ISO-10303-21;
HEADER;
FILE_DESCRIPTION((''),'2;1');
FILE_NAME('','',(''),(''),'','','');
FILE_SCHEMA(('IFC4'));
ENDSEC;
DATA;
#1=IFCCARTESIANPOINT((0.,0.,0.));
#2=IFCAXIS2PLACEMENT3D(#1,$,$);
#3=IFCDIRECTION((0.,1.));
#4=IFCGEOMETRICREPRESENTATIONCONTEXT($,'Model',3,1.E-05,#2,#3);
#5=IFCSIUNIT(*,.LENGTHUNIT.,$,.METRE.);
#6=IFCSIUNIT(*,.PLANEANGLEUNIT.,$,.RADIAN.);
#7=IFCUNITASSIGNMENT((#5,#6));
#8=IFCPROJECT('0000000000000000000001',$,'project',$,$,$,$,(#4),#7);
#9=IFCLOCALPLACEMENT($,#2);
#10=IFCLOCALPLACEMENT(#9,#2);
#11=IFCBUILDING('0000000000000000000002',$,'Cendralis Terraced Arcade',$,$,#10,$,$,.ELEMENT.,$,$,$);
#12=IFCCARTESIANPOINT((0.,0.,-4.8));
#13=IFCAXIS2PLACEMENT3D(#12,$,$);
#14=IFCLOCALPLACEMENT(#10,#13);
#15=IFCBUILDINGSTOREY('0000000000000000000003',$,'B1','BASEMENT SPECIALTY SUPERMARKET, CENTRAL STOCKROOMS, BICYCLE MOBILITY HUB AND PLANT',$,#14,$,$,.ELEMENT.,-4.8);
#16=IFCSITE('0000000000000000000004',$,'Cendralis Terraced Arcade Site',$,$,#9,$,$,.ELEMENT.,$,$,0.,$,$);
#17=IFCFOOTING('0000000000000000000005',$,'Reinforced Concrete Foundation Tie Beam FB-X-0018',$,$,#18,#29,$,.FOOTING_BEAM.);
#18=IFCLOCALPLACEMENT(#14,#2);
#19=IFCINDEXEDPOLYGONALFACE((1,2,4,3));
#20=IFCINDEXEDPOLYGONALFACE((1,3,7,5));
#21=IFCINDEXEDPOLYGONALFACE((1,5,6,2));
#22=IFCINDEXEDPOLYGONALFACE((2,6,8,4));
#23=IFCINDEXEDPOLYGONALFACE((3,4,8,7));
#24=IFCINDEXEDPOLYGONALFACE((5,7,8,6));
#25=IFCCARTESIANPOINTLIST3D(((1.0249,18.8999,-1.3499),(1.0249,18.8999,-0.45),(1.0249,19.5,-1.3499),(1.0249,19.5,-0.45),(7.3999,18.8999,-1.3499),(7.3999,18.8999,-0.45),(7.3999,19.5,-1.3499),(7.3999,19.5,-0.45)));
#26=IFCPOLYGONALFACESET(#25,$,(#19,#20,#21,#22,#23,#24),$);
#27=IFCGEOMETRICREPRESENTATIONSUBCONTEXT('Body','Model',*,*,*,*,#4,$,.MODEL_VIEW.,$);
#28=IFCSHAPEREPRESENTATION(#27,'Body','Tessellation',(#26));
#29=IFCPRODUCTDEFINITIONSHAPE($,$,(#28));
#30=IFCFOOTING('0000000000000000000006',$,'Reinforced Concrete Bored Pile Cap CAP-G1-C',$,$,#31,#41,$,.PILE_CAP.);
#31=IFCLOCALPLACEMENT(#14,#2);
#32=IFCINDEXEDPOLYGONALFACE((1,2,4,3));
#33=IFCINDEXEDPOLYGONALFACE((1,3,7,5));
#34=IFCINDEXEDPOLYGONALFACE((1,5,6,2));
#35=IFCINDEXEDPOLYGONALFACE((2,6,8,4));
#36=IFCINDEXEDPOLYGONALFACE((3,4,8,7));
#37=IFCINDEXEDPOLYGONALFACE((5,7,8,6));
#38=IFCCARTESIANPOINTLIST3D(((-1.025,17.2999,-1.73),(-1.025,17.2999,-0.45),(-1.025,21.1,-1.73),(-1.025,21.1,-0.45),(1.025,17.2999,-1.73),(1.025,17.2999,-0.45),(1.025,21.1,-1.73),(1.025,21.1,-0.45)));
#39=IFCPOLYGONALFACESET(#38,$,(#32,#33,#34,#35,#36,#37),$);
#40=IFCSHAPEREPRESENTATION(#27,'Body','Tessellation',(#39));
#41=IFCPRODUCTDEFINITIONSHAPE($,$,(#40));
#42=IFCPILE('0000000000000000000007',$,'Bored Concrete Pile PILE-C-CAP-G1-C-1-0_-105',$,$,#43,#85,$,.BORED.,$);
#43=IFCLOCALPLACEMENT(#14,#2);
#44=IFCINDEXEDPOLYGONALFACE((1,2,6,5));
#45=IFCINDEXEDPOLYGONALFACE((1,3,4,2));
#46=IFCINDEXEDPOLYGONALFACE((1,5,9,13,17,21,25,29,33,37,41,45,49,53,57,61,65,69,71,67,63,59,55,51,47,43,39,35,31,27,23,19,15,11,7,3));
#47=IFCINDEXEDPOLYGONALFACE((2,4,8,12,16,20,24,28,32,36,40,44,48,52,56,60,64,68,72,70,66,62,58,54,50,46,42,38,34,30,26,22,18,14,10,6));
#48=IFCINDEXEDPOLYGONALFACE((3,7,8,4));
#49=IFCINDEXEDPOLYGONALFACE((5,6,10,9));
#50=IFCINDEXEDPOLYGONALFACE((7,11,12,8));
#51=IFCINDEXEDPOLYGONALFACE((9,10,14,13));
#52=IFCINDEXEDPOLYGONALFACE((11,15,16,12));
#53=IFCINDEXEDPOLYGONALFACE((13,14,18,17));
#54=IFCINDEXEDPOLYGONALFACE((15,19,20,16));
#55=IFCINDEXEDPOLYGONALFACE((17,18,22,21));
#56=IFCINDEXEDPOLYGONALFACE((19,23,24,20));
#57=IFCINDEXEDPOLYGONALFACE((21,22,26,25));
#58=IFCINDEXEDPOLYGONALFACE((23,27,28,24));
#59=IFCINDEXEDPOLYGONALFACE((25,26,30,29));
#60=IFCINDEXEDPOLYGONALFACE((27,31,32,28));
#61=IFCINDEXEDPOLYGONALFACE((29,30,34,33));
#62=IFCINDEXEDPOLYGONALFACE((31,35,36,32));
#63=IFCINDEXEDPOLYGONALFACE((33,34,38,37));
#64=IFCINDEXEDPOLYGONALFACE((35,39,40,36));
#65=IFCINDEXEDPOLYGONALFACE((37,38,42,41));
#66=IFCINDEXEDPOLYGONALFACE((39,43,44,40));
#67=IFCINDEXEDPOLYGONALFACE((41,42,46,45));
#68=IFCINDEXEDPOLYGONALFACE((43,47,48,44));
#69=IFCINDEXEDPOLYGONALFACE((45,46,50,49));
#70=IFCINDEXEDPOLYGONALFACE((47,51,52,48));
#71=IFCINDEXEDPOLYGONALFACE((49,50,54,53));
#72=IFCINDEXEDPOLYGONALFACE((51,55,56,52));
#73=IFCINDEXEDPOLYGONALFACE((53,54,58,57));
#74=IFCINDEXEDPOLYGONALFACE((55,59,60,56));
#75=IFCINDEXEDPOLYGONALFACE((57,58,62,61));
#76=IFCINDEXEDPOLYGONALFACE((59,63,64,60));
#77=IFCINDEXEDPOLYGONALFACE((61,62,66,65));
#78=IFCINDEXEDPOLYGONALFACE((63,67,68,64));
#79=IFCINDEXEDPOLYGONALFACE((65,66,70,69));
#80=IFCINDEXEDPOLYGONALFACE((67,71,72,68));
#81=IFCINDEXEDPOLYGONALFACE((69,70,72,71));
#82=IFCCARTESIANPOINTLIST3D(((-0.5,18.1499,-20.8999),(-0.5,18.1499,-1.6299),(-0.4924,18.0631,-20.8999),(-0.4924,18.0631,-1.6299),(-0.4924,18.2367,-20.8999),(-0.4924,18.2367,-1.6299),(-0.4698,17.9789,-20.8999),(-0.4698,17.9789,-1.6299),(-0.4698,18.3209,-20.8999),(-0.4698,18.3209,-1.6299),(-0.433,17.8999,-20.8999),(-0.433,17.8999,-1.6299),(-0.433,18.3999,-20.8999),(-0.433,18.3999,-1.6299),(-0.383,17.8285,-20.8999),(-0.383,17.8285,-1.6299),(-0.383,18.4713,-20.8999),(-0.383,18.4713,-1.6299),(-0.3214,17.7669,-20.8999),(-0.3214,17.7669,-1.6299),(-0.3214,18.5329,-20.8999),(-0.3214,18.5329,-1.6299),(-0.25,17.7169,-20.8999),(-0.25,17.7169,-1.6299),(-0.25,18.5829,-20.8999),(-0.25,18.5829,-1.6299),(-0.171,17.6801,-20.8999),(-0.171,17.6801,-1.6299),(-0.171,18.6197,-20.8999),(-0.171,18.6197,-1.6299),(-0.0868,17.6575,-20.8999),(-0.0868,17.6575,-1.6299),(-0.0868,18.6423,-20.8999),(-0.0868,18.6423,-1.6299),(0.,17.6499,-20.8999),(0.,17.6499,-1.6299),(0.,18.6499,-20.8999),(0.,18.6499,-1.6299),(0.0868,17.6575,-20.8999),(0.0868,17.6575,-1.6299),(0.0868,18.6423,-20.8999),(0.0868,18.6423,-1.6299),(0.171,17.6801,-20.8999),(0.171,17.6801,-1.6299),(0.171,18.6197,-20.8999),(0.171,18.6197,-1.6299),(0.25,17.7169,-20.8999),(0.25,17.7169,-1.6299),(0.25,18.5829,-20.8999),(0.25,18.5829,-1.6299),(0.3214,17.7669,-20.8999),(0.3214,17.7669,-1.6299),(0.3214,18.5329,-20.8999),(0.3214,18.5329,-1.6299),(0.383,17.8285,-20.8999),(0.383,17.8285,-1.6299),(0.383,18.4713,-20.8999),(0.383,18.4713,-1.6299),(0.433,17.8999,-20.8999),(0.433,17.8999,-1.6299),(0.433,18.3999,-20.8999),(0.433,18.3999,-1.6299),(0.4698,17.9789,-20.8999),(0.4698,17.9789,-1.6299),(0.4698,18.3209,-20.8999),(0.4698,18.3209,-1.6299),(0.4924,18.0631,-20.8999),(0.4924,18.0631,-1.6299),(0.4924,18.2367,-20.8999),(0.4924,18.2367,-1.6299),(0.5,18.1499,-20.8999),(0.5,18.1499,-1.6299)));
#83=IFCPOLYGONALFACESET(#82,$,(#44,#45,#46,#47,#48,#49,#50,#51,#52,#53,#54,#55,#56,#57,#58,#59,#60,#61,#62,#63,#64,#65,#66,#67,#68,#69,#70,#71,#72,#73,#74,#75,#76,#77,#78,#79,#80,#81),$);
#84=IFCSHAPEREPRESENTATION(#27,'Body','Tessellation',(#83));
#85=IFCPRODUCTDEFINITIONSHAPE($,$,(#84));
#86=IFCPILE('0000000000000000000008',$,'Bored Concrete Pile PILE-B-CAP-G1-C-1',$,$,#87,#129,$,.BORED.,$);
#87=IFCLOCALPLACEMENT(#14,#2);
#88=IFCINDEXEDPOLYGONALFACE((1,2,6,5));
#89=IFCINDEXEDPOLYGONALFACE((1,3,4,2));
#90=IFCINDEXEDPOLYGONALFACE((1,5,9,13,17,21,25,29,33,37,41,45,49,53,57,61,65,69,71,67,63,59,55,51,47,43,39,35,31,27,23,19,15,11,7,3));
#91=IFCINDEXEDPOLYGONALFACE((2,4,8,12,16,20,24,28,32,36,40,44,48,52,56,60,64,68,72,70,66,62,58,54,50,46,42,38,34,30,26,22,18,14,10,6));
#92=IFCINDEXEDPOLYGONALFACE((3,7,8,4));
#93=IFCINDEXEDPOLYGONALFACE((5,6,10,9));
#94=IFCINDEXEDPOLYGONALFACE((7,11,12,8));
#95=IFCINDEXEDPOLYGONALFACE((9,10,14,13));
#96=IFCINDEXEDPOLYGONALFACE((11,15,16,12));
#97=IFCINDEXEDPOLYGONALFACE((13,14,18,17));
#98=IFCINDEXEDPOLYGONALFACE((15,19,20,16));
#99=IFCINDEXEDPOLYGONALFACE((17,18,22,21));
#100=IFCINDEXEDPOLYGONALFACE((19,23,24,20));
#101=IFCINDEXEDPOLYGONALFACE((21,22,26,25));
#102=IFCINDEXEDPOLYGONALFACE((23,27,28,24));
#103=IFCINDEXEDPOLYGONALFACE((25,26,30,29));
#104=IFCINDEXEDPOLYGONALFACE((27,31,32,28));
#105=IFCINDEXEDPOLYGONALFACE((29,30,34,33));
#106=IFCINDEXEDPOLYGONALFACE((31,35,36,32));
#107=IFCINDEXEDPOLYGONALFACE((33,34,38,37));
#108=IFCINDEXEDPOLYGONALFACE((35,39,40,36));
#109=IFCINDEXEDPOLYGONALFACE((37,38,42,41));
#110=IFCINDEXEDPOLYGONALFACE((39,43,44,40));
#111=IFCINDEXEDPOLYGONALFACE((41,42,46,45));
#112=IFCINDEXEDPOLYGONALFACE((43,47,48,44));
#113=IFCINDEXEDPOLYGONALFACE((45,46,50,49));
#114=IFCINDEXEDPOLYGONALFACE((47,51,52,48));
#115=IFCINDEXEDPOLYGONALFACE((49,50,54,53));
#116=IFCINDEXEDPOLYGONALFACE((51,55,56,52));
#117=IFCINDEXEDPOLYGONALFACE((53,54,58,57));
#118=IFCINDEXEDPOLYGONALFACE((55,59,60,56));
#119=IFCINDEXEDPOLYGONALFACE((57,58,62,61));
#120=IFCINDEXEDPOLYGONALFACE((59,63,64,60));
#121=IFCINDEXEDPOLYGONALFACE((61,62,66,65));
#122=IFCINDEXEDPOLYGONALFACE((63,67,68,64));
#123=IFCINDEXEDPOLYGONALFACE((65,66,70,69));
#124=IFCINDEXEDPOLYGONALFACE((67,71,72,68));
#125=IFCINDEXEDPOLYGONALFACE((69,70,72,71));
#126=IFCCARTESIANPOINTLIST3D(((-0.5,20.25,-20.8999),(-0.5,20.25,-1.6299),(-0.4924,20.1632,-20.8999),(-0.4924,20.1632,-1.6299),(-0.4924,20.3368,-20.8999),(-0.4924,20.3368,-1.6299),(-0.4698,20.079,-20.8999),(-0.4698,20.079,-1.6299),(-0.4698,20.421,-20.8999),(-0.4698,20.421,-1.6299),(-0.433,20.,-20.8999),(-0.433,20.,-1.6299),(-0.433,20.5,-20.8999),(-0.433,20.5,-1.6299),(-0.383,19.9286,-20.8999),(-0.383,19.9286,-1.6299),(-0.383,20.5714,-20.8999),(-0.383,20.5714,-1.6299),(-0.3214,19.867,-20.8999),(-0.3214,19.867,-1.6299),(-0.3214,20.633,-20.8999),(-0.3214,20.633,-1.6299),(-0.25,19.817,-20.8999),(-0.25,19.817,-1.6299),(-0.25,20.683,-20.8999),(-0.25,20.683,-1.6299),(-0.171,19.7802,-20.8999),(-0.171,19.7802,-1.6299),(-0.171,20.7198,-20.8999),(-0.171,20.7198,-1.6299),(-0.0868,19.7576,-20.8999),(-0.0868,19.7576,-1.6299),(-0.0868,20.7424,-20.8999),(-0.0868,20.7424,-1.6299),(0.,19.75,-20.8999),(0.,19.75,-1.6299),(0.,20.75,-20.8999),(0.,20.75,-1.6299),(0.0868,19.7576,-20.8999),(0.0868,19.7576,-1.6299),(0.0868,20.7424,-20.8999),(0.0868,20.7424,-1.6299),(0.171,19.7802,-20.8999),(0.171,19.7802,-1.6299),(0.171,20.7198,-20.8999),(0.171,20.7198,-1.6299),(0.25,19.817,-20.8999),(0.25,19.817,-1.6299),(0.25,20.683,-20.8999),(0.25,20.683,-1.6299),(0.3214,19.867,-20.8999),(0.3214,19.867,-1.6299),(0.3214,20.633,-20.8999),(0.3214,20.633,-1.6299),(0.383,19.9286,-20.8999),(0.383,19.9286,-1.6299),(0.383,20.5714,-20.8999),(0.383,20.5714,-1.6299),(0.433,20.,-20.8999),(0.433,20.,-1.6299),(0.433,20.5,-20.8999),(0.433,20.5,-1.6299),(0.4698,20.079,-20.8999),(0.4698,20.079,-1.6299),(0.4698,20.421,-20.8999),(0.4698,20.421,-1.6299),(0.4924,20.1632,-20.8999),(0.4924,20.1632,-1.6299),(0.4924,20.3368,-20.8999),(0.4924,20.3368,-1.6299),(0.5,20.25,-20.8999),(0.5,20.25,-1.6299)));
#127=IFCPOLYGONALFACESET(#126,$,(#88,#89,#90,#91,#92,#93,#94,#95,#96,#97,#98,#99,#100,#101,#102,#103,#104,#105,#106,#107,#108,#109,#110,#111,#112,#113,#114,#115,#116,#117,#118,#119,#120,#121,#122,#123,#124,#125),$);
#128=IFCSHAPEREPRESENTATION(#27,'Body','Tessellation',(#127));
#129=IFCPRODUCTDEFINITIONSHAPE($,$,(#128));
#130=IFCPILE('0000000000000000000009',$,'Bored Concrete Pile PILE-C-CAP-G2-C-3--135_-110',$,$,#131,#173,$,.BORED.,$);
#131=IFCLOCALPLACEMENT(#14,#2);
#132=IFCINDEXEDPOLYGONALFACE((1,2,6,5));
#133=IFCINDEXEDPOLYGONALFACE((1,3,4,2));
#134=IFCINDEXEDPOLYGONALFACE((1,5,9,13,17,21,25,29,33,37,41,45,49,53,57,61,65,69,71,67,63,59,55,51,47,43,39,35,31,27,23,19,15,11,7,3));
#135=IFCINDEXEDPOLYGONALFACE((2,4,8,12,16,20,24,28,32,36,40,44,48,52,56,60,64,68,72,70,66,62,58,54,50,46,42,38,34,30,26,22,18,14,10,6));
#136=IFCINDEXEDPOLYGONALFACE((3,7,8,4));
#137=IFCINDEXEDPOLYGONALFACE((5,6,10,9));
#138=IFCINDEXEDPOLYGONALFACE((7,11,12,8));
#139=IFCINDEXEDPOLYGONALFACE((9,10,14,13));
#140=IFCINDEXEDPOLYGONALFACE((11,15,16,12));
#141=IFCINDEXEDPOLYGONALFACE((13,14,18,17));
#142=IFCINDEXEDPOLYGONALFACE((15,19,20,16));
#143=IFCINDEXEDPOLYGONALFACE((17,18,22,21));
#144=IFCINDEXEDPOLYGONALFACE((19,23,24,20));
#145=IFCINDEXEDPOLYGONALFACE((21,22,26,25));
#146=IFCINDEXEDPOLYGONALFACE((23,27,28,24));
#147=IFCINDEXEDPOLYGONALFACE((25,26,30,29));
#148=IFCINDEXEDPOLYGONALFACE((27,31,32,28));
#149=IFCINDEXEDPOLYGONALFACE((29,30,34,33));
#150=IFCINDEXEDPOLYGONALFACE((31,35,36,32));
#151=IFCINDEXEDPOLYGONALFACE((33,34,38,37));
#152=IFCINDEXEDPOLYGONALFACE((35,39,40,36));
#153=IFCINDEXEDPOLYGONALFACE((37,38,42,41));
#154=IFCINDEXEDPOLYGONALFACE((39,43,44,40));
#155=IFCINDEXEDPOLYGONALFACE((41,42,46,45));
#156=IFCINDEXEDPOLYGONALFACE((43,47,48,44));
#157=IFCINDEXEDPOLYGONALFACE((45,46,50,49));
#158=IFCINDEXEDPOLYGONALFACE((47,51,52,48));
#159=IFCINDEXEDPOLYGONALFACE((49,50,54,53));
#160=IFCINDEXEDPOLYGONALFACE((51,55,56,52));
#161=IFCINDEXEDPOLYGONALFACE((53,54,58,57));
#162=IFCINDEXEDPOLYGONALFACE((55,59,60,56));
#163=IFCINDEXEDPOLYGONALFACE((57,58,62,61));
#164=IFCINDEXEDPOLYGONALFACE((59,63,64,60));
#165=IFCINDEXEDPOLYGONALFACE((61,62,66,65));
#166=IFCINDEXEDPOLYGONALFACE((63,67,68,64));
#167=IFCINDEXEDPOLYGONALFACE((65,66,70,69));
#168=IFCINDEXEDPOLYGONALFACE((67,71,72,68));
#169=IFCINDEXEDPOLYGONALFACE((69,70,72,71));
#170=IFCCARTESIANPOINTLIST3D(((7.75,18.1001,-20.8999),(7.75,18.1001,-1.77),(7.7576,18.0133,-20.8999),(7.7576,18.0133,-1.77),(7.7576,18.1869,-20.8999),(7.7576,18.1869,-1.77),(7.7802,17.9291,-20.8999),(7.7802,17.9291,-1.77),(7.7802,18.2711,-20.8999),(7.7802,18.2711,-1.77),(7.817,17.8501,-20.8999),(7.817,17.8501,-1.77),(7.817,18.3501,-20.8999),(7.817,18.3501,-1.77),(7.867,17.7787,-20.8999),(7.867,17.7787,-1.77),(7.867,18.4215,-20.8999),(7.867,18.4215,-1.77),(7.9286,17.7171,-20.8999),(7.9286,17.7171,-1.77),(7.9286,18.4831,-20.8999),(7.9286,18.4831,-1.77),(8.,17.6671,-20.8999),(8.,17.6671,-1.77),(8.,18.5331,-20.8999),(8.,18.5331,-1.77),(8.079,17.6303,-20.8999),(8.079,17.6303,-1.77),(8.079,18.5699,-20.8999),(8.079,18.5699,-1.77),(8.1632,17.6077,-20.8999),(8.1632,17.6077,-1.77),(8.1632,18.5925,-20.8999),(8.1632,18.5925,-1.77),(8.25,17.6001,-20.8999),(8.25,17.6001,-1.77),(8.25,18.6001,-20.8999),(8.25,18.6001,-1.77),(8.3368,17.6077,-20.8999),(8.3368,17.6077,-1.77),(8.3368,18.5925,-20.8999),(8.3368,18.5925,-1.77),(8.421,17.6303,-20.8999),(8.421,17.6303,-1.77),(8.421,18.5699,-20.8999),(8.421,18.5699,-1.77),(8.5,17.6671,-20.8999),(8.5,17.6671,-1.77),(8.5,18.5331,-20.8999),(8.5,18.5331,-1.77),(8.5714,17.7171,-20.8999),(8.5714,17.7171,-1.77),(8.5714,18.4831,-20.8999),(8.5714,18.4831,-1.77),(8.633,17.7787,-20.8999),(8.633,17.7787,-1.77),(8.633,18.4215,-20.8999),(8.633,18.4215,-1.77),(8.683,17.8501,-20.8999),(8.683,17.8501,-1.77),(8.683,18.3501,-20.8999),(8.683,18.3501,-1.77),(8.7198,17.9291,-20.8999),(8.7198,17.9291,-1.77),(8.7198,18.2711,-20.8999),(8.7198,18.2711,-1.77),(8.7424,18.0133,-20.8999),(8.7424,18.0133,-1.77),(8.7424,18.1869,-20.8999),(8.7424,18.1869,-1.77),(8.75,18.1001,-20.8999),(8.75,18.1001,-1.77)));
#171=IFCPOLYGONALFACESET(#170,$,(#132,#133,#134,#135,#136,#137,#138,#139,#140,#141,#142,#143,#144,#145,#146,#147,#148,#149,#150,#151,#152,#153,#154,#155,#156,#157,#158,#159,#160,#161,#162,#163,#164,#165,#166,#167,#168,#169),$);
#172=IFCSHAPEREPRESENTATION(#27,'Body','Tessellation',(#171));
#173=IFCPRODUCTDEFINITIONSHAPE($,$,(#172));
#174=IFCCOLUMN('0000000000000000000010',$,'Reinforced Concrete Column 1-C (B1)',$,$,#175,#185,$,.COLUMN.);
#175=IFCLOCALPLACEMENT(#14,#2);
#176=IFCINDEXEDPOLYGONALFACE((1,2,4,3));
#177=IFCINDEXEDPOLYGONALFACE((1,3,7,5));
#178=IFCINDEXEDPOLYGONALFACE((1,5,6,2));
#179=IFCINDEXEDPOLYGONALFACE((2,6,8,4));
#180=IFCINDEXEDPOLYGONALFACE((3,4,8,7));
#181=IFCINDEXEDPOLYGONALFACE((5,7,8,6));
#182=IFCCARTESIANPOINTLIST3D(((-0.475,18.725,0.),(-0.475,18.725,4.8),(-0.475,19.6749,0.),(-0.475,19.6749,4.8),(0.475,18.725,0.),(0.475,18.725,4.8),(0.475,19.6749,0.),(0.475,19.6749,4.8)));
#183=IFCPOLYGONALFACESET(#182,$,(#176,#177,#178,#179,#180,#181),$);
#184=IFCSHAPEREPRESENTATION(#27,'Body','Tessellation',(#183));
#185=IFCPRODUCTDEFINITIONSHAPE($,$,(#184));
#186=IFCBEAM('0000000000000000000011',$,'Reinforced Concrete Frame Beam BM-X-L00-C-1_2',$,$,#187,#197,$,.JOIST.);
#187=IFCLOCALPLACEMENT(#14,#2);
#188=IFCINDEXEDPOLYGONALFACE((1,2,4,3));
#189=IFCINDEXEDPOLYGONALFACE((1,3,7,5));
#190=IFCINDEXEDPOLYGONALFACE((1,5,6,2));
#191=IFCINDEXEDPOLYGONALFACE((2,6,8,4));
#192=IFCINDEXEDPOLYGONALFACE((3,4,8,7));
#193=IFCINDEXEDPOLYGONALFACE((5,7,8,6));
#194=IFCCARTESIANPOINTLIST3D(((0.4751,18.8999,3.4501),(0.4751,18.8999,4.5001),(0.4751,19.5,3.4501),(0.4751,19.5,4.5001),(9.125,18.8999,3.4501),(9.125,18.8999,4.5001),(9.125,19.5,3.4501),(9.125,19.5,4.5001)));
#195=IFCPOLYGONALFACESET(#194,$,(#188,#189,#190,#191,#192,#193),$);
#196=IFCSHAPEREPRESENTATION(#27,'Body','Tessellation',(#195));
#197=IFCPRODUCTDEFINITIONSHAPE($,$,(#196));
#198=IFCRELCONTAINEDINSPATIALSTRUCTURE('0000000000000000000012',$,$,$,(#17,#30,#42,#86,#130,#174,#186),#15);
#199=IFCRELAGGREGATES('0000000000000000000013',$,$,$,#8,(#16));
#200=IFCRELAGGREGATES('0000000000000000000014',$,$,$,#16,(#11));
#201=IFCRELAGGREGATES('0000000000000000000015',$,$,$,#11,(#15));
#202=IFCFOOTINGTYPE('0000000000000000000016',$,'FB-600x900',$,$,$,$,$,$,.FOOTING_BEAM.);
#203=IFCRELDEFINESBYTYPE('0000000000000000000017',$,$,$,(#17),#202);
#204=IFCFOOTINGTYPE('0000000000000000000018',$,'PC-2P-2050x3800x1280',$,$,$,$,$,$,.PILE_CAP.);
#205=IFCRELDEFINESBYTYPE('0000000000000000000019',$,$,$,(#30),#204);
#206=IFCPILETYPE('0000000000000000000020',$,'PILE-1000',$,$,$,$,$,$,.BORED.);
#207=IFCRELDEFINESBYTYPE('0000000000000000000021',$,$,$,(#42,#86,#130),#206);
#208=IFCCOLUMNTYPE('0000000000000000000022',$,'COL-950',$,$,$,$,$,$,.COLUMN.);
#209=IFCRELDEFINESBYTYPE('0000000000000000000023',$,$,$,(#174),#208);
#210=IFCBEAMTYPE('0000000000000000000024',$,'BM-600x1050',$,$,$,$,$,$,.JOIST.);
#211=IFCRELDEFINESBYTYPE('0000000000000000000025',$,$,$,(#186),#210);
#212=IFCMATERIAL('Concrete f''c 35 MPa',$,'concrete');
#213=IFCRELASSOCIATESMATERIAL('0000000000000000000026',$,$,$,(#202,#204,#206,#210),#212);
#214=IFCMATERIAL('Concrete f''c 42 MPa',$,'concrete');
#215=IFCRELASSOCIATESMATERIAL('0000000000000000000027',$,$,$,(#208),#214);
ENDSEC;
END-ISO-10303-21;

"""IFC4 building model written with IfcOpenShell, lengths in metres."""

from ifc_helpers import new_model, si_unit, direction, frame, origin, origin_2d, place, context, subcontext, project, spatial, rectangle, circle, extrude, material, material_profile, profile_set, type_object, element, save


model = new_model("IFC4")

# Units and contexts
model_context = context("Model", 3, precision=1e-05, world=origin(), true_north=direction((0.0, 1.0)))
body_context = subcontext(model_context, "Body", "Model", "MODEL_VIEW")
ifc_project = project(units=[si_unit("LENGTHUNIT", "METRE"), si_unit("PLANEANGLEUNIT", "RADIAN")], contexts=[model_context])

# Site, building, storey
site_placement = place(None, origin())
site = spatial("IfcSite", under=ifc_project, at=site_placement, Name="Cendralis Terraced Arcade Site", CompositionType="ELEMENT", RefElevation=0.0)
building_placement = place(site_placement, origin())
building = spatial("IfcBuilding", under=site, at=building_placement, Name="Cendralis Terraced Arcade", CompositionType="ELEMENT")
storey_placement = place(building_placement, frame((0.0, 0.0, -4.8)))
storey = spatial("IfcBuildingStorey", under=building, at=storey_placement, Name="B1", Description="BASEMENT SPECIALTY SUPERMARKET, CENTRAL STOCKROOMS, BICYCLE MOBILITY HUB AND PLANT", CompositionType="ELEMENT", Elevation=-4.8)

# Footings
ifc_material_1 = material(Name="Concrete f'c 35 MPa", Category="concrete")
ifc_material_profile_1 = material_profile(ifc_material_1, rectangle(XDim=0.6001, YDim=0.8999, at=origin_2d()), Name="FB-600x900", Category="LoadBearing")
ifc_profile_set_1 = profile_set([ifc_material_profile_1], Name="Concrete f'c 35 MPa")
footing_type_1 = type_object("IfcFootingType", Name="FB-600x900", PredefinedType="FOOTING_BEAM", material=ifc_profile_set_1)
footing_1_placement = place(storey_placement, frame((1.0249, 19.2, -0.8999), z_axis=(1.0, 0.0, 0.0), x_axis=(0.0, 1.0, 0.0)))
element("IfcFooting", 1, at=footing_1_placement, inside=storey, type_object=footing_type_1, Name="Reinforced Concrete Foundation Tie Beam FB-X-0018", PredefinedType="FOOTING_BEAM", context=body_context, shape_type="SweptSolid", body=[
    extrude(rectangle(XDim=0.6001, YDim=0.8999, at=origin_2d()), origin(), (0.0, 0.0, 1.0), 6.375),
])
footing_type_2 = type_object("IfcFootingType", Name="PC-2P-2050x3800x1280", PredefinedType="PILE_CAP", material=ifc_material_1)
footing_2_placement = place(storey_placement, frame((0.0, 19.2, -1.73), z_axis=(0.0, 0.0, 1.0), x_axis=(1.0, 0.0, 0.0)))
element("IfcFooting", 2, at=footing_2_placement, inside=storey, type_object=footing_type_2, Name="Reinforced Concrete Bored Pile Cap CAP-G1-C", PredefinedType="PILE_CAP", context=body_context, shape_type="SweptSolid", body=[
    extrude(rectangle(XDim=2.05, YDim=3.8, at=origin_2d()), origin(), (0.0, 0.0, 1.0), 1.28),
])

# Piles
ifc_material_profile_2 = material_profile(ifc_material_1, circle(Radius=0.5, at=origin_2d()), Name="PILE-D1000", Category="LoadBearing")
ifc_profile_set_2 = profile_set([ifc_material_profile_2], Name="Concrete f'c 35 MPa")
pile_type = type_object("IfcPileType", Name="PILE-1000", PredefinedType="BORED", material=ifc_profile_set_2)
for number, where, z_axis, x_axis, name in (
    (3, (0.0, 18.1499, -1.6299), (0.0, 0.0, -1.0), (1.0, 0.0, 0.0), "Bored Concrete Pile PILE-C-CAP-G1-C-1-0_-105"),
    (4, (0.0, 20.25, -1.6299), (0.0, 0.0, -1.0), (1.0, 0.0, 0.0), "Bored Concrete Pile PILE-B-CAP-G1-C-1"),
):
    element("IfcPile", number, at=place(storey_placement, frame(where, z_axis=z_axis, x_axis=x_axis)), inside=storey, type_object=pile_type, Name=name, PredefinedType="BORED", context=body_context, shape_type="SweptSolid", body=[
        extrude(circle(Radius=0.5, at=origin_2d()), origin(), (0.0, 0.0, 1.0), 19.27),
    ])
pile_placement = place(storey_placement, frame((8.25, 18.1001, -1.77), z_axis=(0.0, 0.0, -1.0), x_axis=(1.0, 0.0, 0.0)))
element("IfcPile", 5, at=pile_placement, inside=storey, type_object=pile_type, Name="Bored Concrete Pile PILE-C-CAP-G2-C-3--135_-110", PredefinedType="BORED", context=body_context, shape_type="SweptSolid", body=[
    extrude(circle(Radius=0.5, at=origin_2d()), origin(), (0.0, 0.0, 1.0), 19.1299),
])

# Column
ifc_material_2 = material(Name="Concrete f'c 42 MPa", Category="concrete")
ifc_material_profile_3 = material_profile(ifc_material_2, rectangle(XDim=0.95, YDim=0.95, at=origin_2d()), Name="RC-COL-950x950", Category="LoadBearing")
ifc_profile_set_3 = profile_set([ifc_material_profile_3], Name="Concrete f'c 42 MPa")
column_type = type_object("IfcColumnType", Name="COL-950", PredefinedType="COLUMN", material=ifc_profile_set_3)
column_placement = place(storey_placement, frame((0.0, 19.2, 0.0), z_axis=(0.0, 0.0, 1.0), x_axis=(1.0, 0.0, 0.0)))
element("IfcColumn", 6, at=column_placement, inside=storey, type_object=column_type, Name="Reinforced Concrete Column 1-C (B1)", PredefinedType="COLUMN", context=body_context, shape_type="SweptSolid", body=[
    extrude(rectangle(XDim=0.95, YDim=0.95, at=origin_2d()), origin(), (0.0, 0.0, 1.0), 4.8),
])

# Beam
ifc_material_profile_4 = material_profile(ifc_material_1, rectangle(XDim=0.6001, YDim=1.05, at=origin_2d()), Name="RC-BM-600x1050", Category="LoadBearing")
ifc_profile_set_4 = profile_set([ifc_material_profile_4], Name="Concrete f'c 35 MPa")
beam_type = type_object("IfcBeamType", Name="BM-600x1050", PredefinedType="JOIST", material=ifc_profile_set_4)
beam_placement = place(storey_placement, frame((0.4751, 19.2, 3.9751), z_axis=(1.0, 0.0, 0.0), x_axis=(0.0, 1.0, 0.0)))
element("IfcBeam", 7, at=beam_placement, inside=storey, type_object=beam_type, Name="Reinforced Concrete Frame Beam BM-X-L00-C-1_2", PredefinedType="JOIST", context=body_context, shape_type="SweptSolid", body=[
    extrude(rectangle(XDim=0.6001, YDim=1.05, at=origin_2d()), origin(), (0.0, 0.0, 1.0), 8.6499),
])

save(model, "model.ifc")
